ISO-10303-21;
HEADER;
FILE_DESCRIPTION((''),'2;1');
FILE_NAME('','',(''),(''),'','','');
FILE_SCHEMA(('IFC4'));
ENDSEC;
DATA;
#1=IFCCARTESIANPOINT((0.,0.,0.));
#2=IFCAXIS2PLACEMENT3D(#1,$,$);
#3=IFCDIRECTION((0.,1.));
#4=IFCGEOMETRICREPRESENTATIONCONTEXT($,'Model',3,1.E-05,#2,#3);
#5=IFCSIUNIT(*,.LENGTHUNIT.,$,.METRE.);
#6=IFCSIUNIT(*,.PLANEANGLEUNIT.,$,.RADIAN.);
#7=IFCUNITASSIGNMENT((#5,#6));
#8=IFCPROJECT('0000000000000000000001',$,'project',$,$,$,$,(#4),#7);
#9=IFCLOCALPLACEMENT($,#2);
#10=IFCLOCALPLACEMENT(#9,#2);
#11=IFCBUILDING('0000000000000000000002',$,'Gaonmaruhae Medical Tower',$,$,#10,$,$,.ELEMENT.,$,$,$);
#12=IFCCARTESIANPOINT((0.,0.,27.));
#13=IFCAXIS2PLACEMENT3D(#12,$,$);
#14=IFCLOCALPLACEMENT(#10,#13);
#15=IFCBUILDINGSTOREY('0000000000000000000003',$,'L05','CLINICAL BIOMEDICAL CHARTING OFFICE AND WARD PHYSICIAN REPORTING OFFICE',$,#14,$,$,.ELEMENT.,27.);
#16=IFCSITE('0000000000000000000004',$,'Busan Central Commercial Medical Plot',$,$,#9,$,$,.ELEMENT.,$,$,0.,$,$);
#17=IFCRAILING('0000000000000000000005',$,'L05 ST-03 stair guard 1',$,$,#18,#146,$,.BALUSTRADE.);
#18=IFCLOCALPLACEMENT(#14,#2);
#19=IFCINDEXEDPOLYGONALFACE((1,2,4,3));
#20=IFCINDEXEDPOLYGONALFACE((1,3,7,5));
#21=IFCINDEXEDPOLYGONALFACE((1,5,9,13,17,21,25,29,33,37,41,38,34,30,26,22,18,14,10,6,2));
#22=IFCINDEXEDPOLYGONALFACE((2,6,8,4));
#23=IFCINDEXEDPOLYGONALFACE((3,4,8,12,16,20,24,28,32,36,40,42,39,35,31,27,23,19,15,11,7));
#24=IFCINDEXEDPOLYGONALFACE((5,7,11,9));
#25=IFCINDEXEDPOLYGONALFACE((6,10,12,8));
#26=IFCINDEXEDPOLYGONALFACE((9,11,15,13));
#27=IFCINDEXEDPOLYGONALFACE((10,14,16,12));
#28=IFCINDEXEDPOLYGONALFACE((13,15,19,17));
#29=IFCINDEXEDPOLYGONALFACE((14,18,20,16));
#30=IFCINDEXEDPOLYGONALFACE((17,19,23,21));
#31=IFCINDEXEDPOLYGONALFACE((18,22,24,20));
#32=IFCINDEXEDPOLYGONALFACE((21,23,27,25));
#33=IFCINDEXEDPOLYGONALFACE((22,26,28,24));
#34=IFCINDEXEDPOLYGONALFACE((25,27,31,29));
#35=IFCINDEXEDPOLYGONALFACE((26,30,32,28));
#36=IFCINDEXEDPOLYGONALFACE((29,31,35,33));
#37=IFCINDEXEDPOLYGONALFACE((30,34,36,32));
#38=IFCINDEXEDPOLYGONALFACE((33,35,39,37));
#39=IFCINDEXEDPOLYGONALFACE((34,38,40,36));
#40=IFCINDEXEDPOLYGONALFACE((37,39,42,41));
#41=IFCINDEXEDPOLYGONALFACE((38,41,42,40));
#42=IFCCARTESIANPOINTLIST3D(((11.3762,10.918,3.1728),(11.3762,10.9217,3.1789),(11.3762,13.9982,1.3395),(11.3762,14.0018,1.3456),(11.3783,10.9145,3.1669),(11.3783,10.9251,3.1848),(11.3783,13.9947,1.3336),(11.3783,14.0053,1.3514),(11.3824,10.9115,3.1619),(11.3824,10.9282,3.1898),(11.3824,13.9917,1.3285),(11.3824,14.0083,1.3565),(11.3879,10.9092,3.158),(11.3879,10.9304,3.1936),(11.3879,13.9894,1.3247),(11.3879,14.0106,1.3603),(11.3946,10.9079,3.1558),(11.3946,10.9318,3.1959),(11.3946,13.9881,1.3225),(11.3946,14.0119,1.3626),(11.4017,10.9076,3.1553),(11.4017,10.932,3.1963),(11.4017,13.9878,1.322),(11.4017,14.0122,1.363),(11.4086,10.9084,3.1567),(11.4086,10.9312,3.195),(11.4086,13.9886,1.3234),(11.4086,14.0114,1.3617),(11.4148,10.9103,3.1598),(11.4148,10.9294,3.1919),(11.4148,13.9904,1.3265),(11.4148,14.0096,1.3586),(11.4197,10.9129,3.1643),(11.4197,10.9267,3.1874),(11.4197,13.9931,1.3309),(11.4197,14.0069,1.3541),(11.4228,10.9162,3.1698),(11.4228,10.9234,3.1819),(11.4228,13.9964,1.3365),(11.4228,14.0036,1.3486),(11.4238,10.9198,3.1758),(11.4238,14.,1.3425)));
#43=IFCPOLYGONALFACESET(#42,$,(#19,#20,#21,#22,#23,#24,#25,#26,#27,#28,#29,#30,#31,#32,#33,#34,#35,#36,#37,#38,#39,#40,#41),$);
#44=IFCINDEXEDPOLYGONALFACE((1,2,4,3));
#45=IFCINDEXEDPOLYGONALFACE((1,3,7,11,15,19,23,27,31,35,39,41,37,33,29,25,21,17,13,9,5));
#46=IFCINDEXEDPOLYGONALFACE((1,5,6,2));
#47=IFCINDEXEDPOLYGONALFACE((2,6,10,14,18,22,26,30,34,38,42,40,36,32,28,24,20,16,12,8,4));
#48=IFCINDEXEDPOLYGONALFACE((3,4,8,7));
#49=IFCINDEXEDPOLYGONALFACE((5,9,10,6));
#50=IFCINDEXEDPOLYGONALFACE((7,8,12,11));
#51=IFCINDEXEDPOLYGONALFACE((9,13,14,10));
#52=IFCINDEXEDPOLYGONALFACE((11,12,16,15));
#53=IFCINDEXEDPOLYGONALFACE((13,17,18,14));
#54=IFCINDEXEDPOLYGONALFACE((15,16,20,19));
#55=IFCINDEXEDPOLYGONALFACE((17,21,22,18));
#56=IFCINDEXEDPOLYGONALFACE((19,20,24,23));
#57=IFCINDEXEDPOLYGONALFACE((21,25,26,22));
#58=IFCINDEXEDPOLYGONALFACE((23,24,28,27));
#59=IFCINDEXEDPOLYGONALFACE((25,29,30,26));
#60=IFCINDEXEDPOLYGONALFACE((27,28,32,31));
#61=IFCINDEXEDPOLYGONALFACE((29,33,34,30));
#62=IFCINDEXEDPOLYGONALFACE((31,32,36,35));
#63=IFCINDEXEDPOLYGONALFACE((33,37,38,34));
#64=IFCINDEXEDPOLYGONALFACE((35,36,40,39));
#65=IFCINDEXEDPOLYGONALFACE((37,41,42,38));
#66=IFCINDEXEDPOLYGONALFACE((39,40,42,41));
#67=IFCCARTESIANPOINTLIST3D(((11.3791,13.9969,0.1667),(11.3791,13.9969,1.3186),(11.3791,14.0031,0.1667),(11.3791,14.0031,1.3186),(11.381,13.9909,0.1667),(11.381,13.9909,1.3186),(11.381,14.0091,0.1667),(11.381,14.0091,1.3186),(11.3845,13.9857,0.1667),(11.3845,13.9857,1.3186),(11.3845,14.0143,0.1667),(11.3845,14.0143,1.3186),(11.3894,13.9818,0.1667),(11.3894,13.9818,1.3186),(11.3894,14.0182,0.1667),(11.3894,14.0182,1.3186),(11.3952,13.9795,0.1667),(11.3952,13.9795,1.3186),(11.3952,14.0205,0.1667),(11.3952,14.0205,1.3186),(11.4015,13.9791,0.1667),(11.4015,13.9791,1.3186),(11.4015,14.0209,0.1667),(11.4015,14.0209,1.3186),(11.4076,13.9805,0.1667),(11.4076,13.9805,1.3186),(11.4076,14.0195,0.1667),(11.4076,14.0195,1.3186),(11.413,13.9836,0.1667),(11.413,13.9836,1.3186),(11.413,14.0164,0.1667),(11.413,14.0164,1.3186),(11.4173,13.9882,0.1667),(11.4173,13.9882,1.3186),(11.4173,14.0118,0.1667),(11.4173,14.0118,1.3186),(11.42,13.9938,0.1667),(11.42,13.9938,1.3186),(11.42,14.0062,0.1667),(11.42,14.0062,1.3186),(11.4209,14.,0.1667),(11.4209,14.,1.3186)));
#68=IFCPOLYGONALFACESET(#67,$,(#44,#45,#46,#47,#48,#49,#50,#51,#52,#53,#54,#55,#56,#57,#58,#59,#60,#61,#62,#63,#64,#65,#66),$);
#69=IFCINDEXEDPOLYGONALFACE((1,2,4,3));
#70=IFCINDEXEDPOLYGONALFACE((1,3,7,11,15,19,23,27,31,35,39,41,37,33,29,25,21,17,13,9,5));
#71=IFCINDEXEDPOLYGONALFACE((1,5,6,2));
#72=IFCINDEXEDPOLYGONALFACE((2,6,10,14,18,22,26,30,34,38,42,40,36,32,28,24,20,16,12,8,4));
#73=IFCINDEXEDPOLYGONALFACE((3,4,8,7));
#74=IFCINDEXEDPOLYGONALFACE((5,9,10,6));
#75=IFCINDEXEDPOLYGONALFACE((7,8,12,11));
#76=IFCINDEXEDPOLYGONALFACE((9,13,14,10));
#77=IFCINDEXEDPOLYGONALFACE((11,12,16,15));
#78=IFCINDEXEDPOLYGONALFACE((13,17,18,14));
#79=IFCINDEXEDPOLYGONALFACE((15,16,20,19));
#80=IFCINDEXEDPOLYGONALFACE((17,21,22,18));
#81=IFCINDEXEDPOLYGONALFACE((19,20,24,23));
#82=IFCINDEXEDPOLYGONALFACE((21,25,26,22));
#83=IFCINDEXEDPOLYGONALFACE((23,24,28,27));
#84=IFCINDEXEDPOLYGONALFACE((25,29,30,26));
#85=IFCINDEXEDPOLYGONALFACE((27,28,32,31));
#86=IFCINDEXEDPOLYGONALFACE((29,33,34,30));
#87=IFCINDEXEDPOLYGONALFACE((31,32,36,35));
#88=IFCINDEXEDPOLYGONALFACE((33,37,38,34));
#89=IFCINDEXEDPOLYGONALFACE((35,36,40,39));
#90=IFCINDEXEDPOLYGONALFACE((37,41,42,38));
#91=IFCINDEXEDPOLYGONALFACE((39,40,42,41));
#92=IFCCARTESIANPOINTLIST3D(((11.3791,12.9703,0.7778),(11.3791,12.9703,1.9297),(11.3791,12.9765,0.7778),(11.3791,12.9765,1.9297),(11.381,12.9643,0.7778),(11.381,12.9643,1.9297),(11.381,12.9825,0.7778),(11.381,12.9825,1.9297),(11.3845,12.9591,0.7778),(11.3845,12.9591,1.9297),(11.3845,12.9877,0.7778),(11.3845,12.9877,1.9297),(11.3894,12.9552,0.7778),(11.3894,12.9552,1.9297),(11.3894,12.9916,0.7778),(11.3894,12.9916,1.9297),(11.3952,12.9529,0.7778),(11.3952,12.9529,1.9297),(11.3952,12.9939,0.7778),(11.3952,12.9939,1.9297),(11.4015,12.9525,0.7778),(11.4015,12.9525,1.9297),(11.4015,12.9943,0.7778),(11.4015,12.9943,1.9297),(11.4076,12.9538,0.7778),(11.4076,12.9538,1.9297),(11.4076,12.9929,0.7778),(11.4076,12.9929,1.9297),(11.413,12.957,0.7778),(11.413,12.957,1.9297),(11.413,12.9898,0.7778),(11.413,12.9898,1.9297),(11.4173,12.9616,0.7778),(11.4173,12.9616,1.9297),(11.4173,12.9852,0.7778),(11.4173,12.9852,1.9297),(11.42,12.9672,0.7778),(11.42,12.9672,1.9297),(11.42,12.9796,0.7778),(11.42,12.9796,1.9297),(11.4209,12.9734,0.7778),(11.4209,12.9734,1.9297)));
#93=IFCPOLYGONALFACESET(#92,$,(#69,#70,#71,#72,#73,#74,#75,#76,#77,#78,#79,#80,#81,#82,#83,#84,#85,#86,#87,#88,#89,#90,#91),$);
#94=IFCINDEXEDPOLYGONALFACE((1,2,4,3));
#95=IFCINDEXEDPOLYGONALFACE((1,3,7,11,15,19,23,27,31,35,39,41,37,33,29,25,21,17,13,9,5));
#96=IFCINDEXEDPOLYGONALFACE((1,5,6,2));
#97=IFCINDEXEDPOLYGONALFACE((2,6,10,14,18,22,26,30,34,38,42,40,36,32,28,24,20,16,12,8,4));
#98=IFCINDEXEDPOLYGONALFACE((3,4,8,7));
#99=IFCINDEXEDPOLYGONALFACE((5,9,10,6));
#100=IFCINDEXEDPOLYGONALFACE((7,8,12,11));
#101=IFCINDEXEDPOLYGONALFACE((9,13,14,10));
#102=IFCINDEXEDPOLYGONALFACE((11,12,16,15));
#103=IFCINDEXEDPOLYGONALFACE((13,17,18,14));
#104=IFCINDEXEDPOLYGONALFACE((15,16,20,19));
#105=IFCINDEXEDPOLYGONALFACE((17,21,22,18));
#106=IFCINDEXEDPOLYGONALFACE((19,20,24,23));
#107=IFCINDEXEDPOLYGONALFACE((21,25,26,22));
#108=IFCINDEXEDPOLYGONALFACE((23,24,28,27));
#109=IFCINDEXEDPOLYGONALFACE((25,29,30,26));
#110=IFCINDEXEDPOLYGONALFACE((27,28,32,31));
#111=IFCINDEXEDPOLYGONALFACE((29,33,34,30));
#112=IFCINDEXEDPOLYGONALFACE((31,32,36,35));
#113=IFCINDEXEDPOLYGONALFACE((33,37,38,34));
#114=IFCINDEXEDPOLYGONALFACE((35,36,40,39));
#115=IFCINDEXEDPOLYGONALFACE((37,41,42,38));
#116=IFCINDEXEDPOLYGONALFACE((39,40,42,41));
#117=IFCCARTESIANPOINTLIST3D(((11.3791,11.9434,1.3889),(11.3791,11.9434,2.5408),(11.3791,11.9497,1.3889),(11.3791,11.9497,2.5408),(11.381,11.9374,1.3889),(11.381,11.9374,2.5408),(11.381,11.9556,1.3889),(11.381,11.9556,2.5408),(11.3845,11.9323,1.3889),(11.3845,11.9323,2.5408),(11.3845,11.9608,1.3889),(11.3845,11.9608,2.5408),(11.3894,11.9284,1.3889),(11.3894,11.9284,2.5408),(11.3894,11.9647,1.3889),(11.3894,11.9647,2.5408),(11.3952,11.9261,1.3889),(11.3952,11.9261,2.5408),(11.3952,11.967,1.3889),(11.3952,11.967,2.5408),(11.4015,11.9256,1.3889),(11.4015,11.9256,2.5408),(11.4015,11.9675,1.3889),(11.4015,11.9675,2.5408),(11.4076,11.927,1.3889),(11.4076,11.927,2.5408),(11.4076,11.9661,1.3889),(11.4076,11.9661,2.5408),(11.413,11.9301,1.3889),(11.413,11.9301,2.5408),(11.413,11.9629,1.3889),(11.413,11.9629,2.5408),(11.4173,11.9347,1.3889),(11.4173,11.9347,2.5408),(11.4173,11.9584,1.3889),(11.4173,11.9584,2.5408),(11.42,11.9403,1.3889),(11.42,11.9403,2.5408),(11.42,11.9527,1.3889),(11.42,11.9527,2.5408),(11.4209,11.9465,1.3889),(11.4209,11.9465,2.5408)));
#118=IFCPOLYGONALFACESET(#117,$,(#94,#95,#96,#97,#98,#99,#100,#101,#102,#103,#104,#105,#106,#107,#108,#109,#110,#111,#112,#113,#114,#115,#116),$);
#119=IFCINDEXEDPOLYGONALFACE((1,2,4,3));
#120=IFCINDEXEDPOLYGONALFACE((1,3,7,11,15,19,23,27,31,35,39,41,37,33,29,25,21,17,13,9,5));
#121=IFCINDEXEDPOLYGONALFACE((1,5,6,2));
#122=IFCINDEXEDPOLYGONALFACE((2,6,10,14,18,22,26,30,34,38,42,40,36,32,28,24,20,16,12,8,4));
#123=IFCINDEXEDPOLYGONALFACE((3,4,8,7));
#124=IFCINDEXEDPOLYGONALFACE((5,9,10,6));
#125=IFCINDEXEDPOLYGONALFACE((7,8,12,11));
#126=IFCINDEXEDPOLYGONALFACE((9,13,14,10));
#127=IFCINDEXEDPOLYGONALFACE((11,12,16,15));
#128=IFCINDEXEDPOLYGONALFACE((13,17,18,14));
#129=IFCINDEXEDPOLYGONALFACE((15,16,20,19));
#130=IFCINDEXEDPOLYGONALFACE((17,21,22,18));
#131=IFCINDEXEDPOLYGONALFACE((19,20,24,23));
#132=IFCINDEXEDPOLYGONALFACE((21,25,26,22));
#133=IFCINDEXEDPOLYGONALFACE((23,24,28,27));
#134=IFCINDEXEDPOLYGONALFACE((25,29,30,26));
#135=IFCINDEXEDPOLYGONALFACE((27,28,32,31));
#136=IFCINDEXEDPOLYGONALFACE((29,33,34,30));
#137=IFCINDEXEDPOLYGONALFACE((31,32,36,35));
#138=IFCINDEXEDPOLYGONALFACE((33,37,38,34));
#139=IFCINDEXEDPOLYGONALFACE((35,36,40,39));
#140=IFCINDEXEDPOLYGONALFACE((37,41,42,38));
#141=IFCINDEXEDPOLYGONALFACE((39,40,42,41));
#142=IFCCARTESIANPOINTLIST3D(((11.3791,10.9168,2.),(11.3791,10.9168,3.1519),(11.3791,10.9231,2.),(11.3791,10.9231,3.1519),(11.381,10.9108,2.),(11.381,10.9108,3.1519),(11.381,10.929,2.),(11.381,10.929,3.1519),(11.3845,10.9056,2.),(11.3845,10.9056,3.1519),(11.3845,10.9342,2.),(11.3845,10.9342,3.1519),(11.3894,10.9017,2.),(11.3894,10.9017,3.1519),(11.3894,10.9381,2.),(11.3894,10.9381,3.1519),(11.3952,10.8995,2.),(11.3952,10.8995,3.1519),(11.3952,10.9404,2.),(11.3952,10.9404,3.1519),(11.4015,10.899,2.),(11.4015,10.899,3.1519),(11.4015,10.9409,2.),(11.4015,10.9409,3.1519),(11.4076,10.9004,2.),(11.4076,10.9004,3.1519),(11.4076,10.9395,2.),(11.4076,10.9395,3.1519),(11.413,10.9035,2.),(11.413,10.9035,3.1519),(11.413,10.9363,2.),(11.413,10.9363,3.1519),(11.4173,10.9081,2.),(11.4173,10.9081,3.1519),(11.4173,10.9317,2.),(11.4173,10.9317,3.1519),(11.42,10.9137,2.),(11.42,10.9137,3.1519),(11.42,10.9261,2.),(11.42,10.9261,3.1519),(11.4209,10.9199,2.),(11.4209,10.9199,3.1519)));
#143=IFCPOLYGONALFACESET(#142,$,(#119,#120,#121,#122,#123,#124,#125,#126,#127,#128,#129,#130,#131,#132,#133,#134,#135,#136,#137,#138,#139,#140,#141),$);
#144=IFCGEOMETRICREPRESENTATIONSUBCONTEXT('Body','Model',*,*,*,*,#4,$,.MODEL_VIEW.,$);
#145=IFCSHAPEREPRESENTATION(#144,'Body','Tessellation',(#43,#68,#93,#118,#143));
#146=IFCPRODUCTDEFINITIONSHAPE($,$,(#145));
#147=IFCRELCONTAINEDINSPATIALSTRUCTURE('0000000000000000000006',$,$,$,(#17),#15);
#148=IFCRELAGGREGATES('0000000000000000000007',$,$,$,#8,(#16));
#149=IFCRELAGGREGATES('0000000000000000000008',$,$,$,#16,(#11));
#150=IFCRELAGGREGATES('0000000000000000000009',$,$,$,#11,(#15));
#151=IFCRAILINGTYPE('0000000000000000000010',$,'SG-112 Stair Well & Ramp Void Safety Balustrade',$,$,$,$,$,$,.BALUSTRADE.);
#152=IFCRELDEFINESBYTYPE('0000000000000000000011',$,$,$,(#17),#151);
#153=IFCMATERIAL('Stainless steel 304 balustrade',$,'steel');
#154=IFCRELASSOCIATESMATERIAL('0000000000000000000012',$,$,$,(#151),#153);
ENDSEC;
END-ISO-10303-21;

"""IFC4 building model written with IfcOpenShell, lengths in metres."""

from ifc_helpers import new_model, si_unit, direction, frame, origin, origin_2d, place, context, subcontext, project, spatial, circle, extrude, material, type_object, element, save


model = new_model("IFC4")

# Units and contexts
model_context = context("Model", 3, precision=1e-05, world=origin(), true_north=direction((0.0, 1.0)))
body_context = subcontext(model_context, "Body", "Model", "MODEL_VIEW")
ifc_project = project(units=[si_unit("LENGTHUNIT", "METRE"), si_unit("PLANEANGLEUNIT", "RADIAN")], contexts=[model_context])

# Site, building, storey
site_placement = place(None, origin())
site = spatial("IfcSite", under=ifc_project, at=site_placement, Name="Busan Central Commercial Medical Plot", CompositionType="ELEMENT", RefElevation=0.0)
building_placement = place(site_placement, origin())
building = spatial("IfcBuilding", under=site, at=building_placement, Name="Gaonmaruhae Medical Tower", CompositionType="ELEMENT")
storey_placement = place(building_placement, frame((0.0, 0.0, 27.0)))
storey = spatial("IfcBuildingStorey", under=building, at=storey_placement, Name="L05", Description="CLINICAL BIOMEDICAL CHARTING OFFICE AND WARD PHYSICIAN REPORTING OFFICE", CompositionType="ELEMENT", Elevation=27.0)

# Railing
ifc_material_1 = material(Name="Stainless steel 304 balustrade", Category="steel")
railing_type_1 = type_object("IfcRailingType", Name="SG-112 Stair Well & Ramp Void Safety Balustrade", PredefinedType="BALUSTRADE", material=ifc_material_1)
railing_1_placement = place(storey_placement, frame((11.3999, 14.0, 0.1667)))
element("IfcRailing", 1, at=railing_1_placement, inside=storey, type_object=railing_type_1, Name="L05 ST-03 stair guard 1", PredefinedType="BALUSTRADE", context=body_context, shape_type="SweptSolid", body=[
    extrude(circle(Radius=0.0239, at=origin_2d()), frame((0.0, 0.0, 1.1758), z_axis=(0.0, -0.859309, 0.511458), x_axis=(1.0, 0.0, 0.0)), (0.0, 0.0, 1.0), 3.5845),
    extrude(circle(Radius=0.021, at=origin_2d()), origin(), (0.0, 0.0, 1.0), 1.1519),
    extrude(circle(Radius=0.021, at=origin_2d()), frame((0.0, -1.0266, 0.6111)), (0.0, 0.0, 1.0), 1.1519),
    extrude(circle(Radius=0.021, at=origin_2d()), frame((0.0, -2.0535, 1.2222)), (0.0, 0.0, 1.0), 1.1519),
    extrude(circle(Radius=0.021, at=origin_2d()), frame((0.0, -3.0801, 1.8333)), (0.0, 0.0, 1.0), 1.1519),
])

save(model, "model.ifc")
